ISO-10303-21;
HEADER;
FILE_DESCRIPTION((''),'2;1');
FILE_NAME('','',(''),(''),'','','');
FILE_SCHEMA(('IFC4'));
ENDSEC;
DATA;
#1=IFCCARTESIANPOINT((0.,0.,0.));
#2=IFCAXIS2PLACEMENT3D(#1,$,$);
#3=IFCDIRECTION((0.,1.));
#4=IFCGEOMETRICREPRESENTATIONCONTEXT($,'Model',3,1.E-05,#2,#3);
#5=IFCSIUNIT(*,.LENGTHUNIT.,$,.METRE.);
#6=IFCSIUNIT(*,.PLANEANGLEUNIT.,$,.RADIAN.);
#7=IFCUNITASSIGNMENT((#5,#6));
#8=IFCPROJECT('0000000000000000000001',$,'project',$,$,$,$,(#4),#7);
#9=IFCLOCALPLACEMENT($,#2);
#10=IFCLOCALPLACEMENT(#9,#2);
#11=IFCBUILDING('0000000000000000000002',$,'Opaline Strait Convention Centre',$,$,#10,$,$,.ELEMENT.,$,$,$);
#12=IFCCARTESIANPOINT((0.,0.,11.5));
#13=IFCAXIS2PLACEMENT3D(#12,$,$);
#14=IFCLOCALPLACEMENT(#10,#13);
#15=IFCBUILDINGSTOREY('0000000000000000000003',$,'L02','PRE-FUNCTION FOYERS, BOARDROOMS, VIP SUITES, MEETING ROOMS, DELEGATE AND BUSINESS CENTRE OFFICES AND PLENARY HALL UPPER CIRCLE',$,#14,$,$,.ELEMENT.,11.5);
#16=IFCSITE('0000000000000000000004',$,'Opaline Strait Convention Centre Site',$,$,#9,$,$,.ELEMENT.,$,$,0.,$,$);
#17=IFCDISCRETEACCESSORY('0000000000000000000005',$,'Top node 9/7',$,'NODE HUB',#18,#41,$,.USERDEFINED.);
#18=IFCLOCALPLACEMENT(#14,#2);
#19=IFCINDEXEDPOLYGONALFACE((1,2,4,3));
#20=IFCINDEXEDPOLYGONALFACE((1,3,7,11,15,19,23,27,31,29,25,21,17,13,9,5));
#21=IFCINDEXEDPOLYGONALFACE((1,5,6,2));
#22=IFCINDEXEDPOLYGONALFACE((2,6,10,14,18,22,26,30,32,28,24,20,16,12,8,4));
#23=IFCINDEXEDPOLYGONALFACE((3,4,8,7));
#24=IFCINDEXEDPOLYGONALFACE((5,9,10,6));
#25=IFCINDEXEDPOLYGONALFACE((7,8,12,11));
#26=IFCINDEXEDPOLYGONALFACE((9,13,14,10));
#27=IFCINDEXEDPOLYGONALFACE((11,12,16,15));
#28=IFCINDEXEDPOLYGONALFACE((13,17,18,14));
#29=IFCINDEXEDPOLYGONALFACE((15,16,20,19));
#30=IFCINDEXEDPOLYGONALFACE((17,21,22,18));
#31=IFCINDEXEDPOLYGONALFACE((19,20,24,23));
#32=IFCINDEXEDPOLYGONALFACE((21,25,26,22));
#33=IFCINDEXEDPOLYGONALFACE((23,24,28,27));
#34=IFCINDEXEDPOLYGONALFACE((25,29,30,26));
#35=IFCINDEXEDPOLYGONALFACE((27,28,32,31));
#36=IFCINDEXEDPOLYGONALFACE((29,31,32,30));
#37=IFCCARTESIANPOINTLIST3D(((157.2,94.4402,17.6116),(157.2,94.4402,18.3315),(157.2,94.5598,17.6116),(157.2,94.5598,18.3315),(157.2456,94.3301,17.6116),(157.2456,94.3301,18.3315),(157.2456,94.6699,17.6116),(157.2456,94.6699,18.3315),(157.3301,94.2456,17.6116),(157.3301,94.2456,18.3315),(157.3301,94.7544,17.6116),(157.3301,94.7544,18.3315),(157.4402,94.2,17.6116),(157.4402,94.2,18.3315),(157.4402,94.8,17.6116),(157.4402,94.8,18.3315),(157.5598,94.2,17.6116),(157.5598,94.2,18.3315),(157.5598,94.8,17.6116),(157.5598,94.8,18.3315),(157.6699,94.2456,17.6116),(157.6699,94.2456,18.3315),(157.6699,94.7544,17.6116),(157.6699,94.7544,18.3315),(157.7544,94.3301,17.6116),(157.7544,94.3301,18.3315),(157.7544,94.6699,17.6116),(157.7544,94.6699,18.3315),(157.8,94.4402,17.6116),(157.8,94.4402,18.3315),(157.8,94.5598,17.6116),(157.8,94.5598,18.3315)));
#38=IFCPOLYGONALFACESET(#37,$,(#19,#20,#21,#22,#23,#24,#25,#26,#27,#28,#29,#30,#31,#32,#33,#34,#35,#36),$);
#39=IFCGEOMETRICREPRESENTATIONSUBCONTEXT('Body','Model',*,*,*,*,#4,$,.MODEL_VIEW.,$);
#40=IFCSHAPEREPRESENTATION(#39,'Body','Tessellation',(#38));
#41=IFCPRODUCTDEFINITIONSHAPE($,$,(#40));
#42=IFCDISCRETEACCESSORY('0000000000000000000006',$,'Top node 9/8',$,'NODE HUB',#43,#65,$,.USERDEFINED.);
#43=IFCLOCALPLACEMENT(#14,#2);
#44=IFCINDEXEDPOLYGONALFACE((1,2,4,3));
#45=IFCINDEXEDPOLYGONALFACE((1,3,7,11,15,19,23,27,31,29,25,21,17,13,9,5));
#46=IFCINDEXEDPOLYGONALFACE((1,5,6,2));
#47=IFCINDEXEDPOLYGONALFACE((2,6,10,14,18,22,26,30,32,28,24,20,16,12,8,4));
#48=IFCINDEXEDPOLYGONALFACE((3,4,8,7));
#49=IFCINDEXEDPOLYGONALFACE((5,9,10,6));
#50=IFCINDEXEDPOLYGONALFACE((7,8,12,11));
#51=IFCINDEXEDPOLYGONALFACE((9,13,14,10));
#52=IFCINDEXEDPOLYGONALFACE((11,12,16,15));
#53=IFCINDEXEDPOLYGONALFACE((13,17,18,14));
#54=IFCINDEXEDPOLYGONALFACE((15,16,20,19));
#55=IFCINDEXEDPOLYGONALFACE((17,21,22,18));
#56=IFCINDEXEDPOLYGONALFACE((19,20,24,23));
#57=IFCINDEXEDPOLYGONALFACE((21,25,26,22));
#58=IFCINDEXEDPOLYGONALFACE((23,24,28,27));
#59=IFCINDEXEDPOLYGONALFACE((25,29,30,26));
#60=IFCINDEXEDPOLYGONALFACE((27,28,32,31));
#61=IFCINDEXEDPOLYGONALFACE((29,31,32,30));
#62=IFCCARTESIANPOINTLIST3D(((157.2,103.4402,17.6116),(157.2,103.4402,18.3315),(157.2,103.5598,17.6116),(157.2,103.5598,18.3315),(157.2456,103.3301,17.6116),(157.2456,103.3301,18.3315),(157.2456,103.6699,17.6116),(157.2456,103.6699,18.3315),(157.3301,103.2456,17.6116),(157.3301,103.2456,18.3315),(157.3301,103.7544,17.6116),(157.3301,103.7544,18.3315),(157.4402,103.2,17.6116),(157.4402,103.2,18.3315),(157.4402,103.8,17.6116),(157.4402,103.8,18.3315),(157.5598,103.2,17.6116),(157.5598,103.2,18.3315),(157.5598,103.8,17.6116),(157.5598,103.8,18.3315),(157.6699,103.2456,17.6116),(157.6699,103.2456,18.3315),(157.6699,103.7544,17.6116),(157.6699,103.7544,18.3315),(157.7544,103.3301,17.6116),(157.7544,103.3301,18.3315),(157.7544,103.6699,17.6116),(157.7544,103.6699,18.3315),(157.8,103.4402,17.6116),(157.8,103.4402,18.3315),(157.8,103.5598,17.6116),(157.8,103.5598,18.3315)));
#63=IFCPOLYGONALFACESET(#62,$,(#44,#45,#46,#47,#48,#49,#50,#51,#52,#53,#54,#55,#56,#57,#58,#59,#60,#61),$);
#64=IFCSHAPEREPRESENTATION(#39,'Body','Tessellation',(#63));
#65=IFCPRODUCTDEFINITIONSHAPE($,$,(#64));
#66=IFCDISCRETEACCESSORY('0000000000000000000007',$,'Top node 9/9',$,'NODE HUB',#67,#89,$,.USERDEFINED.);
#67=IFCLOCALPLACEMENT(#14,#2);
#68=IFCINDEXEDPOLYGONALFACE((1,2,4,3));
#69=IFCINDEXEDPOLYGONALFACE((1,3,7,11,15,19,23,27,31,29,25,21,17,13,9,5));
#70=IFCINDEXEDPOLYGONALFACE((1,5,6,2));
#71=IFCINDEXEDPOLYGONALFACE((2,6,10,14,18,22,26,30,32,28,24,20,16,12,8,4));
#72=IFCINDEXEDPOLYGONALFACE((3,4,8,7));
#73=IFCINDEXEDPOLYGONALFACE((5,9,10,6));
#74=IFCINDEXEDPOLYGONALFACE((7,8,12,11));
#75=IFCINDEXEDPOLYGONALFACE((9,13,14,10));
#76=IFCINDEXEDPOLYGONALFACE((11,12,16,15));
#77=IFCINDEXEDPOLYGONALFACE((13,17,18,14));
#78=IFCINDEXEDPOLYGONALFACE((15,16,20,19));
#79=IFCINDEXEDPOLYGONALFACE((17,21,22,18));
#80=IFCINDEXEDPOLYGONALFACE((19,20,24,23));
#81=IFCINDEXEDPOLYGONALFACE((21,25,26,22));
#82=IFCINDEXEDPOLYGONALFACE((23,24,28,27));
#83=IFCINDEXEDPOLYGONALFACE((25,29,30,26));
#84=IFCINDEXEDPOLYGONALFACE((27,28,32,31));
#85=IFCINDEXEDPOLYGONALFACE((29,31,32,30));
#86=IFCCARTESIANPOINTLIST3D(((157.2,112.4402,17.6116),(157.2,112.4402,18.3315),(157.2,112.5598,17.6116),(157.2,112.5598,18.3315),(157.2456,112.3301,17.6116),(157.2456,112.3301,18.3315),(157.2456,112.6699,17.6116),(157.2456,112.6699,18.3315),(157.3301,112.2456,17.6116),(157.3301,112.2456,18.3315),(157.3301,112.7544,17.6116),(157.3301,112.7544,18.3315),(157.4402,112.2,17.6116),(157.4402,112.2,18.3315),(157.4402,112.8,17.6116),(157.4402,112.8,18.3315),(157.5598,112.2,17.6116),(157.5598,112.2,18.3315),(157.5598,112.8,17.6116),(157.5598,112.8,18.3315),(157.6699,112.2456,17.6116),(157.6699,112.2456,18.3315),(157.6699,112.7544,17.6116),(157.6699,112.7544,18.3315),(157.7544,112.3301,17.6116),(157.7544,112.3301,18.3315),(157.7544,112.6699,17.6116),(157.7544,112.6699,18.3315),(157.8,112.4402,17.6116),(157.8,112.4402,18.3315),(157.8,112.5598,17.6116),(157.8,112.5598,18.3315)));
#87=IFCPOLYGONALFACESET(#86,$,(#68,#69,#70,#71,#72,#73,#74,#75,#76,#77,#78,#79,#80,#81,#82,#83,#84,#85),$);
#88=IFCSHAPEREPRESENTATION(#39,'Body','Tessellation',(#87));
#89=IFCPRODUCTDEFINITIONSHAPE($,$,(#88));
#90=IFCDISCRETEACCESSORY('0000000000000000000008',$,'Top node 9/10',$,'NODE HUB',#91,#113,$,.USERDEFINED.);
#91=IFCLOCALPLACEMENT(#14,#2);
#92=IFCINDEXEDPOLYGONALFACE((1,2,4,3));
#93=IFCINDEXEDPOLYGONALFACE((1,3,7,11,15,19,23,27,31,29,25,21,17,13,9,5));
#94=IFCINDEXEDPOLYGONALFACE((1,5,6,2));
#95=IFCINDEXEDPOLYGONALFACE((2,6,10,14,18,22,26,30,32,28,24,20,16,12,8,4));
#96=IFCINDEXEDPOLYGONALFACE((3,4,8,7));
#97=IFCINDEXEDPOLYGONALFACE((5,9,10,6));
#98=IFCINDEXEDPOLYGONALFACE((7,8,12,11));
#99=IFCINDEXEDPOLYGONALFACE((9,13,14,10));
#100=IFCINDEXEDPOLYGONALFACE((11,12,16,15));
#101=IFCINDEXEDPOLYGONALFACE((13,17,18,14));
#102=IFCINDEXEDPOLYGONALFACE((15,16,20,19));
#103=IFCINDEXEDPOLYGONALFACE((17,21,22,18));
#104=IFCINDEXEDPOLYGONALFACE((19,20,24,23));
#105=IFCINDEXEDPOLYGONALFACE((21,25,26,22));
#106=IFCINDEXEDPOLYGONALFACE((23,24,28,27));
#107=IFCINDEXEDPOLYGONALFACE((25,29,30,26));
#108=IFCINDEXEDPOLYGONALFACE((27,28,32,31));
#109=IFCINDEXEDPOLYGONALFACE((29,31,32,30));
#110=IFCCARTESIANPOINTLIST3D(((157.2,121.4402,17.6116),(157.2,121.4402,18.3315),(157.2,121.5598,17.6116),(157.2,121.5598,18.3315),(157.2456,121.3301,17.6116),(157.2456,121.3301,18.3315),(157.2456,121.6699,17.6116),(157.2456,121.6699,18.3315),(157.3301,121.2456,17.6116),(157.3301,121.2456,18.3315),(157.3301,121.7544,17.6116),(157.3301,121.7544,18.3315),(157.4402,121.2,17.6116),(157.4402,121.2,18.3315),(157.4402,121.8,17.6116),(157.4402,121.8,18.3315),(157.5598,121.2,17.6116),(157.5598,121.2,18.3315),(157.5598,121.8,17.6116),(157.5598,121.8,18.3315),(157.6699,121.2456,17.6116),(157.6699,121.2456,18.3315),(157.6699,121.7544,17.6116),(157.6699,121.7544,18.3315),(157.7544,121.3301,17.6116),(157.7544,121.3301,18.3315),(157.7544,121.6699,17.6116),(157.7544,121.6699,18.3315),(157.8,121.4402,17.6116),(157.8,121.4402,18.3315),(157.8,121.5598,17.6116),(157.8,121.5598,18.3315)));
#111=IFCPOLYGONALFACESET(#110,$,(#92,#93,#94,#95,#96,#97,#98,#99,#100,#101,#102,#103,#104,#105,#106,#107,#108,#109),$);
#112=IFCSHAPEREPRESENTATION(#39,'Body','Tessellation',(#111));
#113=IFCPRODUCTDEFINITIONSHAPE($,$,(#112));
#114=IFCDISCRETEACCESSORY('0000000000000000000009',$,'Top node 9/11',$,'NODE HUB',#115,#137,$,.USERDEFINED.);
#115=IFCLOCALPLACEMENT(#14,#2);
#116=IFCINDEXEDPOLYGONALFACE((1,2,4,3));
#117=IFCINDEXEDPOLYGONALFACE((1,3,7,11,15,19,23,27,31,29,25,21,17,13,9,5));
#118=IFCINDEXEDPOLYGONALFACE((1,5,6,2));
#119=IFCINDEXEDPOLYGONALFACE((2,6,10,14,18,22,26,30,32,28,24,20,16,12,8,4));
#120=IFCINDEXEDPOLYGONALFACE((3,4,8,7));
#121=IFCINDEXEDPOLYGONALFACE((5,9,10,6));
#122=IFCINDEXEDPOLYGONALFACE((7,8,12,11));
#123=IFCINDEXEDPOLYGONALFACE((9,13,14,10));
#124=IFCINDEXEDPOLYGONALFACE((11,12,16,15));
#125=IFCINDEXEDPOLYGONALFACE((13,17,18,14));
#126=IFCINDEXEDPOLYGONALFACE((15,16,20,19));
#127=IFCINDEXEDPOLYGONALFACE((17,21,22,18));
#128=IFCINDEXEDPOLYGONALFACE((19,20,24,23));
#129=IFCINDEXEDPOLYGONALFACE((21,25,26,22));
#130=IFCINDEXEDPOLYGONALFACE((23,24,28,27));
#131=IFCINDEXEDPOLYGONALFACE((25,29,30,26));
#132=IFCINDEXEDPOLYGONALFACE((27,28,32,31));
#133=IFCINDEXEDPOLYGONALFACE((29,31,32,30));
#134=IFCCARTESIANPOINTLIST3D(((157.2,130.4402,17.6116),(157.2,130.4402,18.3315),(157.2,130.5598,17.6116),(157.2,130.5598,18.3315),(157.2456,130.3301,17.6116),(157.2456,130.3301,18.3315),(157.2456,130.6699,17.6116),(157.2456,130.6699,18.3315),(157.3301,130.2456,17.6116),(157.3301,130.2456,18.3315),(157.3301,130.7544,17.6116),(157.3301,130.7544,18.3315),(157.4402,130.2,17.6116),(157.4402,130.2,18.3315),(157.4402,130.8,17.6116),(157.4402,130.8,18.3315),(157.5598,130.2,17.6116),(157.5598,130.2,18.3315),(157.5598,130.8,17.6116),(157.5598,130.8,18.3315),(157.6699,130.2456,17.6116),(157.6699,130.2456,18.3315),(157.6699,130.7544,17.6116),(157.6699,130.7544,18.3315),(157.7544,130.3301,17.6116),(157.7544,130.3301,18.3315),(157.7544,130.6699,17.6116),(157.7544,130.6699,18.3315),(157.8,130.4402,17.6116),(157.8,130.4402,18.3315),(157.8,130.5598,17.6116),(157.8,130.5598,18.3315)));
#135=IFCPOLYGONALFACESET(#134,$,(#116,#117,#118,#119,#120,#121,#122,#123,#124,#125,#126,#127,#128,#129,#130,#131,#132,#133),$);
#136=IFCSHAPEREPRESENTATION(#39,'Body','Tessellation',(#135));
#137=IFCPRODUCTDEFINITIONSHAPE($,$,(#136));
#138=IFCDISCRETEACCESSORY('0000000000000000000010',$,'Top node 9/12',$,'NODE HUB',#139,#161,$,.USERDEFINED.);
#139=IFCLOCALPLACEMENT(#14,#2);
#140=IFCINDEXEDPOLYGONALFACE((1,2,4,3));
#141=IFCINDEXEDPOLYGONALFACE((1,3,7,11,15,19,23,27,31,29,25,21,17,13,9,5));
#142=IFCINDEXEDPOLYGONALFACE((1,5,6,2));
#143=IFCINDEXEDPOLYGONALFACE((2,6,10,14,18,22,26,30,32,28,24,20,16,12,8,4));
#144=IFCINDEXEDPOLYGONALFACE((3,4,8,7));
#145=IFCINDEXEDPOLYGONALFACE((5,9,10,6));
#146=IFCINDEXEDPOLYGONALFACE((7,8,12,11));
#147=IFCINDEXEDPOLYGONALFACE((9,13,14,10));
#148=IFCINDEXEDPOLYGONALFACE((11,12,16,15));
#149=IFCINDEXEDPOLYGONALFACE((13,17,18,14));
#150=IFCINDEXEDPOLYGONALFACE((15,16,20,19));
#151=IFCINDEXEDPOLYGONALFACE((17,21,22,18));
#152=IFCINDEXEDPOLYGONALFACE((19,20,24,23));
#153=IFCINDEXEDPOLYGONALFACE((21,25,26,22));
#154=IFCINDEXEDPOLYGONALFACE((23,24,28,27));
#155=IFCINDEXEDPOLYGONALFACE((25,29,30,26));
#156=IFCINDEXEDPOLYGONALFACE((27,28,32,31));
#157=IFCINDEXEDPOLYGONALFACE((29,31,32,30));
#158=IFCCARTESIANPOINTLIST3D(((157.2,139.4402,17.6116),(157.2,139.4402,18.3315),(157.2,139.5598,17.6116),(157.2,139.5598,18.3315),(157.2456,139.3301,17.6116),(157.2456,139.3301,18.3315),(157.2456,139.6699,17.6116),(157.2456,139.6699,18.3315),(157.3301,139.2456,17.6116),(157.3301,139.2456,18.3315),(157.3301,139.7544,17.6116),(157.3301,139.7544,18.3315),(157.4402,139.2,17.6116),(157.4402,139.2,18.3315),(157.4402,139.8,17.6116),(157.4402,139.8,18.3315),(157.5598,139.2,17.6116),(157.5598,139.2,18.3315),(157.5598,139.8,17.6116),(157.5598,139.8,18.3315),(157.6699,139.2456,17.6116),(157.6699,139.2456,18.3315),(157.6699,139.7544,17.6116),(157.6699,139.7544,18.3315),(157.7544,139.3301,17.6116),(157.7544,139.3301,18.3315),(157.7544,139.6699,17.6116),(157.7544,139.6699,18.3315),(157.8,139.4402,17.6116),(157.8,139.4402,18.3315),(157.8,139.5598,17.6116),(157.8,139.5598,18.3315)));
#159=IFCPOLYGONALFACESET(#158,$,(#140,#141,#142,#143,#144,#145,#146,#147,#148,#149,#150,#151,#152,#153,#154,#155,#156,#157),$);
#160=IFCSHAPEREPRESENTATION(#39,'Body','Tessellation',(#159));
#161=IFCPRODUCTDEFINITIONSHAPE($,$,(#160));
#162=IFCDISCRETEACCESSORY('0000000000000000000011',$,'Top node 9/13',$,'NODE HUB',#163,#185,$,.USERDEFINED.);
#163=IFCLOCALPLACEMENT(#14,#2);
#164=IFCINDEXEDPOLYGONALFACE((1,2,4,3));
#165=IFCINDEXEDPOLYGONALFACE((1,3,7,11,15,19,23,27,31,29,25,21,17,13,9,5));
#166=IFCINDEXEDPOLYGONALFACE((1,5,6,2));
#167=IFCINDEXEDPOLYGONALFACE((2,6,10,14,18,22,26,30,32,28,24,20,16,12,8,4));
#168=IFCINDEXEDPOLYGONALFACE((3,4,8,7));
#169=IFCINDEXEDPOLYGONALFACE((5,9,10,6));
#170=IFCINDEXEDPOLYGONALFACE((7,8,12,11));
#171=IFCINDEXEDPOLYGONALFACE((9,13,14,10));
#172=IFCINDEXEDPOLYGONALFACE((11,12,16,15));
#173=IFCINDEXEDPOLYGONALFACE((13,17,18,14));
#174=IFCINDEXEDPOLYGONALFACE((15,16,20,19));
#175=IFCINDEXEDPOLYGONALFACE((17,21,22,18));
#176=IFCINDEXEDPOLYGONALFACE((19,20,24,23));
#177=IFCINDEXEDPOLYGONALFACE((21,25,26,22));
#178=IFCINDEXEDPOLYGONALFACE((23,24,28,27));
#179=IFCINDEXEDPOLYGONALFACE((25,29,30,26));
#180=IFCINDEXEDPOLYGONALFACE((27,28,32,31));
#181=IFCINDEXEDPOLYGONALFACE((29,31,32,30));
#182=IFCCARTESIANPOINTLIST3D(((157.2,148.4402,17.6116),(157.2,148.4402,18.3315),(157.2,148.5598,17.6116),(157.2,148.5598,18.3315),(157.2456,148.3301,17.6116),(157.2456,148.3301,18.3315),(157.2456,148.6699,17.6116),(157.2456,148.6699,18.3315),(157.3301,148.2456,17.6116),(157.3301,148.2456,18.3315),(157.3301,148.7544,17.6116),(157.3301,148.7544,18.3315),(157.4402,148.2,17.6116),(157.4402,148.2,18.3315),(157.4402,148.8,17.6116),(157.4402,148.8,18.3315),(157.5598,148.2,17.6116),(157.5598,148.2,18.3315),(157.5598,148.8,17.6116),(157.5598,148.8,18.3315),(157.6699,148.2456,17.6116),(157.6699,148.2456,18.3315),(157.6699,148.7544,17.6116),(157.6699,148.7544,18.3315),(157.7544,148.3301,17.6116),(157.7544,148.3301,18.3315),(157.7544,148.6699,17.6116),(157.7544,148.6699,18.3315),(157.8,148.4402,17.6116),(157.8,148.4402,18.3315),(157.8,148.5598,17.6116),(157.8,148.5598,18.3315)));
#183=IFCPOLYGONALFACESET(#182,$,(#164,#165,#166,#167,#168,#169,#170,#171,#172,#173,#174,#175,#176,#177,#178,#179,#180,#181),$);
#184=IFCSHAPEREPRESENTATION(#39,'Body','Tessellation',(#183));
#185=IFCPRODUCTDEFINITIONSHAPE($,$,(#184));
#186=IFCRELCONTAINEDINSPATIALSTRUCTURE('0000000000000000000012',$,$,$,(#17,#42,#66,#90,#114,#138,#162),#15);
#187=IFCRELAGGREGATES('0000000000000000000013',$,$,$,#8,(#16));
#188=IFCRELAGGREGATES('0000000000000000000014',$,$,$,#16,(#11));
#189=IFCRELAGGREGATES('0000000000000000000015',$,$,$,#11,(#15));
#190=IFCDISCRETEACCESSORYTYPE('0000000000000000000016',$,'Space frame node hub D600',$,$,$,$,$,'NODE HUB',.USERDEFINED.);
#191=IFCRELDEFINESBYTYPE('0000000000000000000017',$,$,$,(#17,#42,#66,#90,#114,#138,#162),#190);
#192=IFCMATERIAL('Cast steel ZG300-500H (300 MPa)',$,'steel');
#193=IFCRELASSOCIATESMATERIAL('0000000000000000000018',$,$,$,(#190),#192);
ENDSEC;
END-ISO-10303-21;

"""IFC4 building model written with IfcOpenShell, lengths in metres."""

from ifc_helpers import new_model, si_unit, direction, frame, origin, place, context, subcontext, project, spatial, polyline, outline, extrude, material, type_object, element, save


model = new_model("IFC4")

# Units and contexts
model_context = context("Model", 3, precision=1e-05, world=origin(), true_north=direction((0.0, 1.0)))
body_context = subcontext(model_context, "Body", "Model", "MODEL_VIEW")
ifc_project = project(units=[si_unit("LENGTHUNIT", "METRE"), si_unit("PLANEANGLEUNIT", "RADIAN")], contexts=[model_context])

# Site, building, storey
site_placement = place(None, origin())
site = spatial("IfcSite", under=ifc_project, at=site_placement, Name="Opaline Strait Convention Centre Site", CompositionType="ELEMENT", RefElevation=0.0)
building_placement = place(site_placement, origin())
building = spatial("IfcBuilding", under=site, at=building_placement, Name="Opaline Strait Convention Centre", CompositionType="ELEMENT")
storey_placement = place(building_placement, frame((0.0, 0.0, 11.5)))
storey = spatial("IfcBuildingStorey", under=building, at=storey_placement, Name="L02", Description="PRE-FUNCTION FOYERS, BOARDROOMS, VIP SUITES, MEETING ROOMS, DELEGATE AND BUSINESS CENTRE OFFICES AND PLENARY HALL UPPER CIRCLE", CompositionType="ELEMENT", Elevation=11.5)

# Discrete accessories
ifc_material = material(Name="Cast steel ZG300-500H (300 MPa)", Category="steel")
discrete_accessory_type = type_object("IfcDiscreteAccessoryType", Name="Space frame node hub D600", ElementType="NODE HUB", PredefinedType="USERDEFINED", material=ifc_material)
discrete_accessory_1_placement = place(storey_placement, frame((0.0, 0.0, 17.6116)))
element("IfcDiscreteAccessory", 1, at=discrete_accessory_1_placement, inside=storey, type_object=discrete_accessory_type, Name="Top node 9/7", ObjectType="NODE HUB", PredefinedType="USERDEFINED", context=body_context, shape_type="SweptSolid", body=[
    extrude(outline(polyline([(157.8, 94.5598), (157.7544, 94.6699), (157.6699, 94.7544), (157.5598, 94.8), (157.4402, 94.8), (157.3301, 94.7544), (157.2456, 94.6699), (157.2, 94.5598), (157.2, 94.4402), (157.2456, 94.3301), (157.3301, 94.2456), (157.4402, 94.2), (157.5598, 94.2), (157.6699, 94.2456), (157.7544, 94.3301), (157.8, 94.4402), (157.8, 94.5598)])), origin(), (0.0, 0.0, 1.0), 0.72),
])
discrete_accessory_2_placement = place(storey_placement, frame((0.0, 0.0, 17.6116)))
element("IfcDiscreteAccessory", 2, at=discrete_accessory_2_placement, inside=storey, type_object=discrete_accessory_type, Name="Top node 9/8", ObjectType="NODE HUB", PredefinedType="USERDEFINED", context=body_context, shape_type="SweptSolid", body=[
    extrude(outline(polyline([(157.8, 103.5598), (157.7544, 103.6699), (157.6699, 103.7544), (157.5598, 103.8), (157.4402, 103.8), (157.3301, 103.7544), (157.2456, 103.6699), (157.2, 103.5598), (157.2, 103.4402), (157.2456, 103.3301), (157.3301, 103.2456), (157.4402, 103.2), (157.5598, 103.2), (157.6699, 103.2456), (157.7544, 103.3301), (157.8, 103.4402), (157.8, 103.5598)])), origin(), (0.0, 0.0, 1.0), 0.72),
])
discrete_accessory_3_placement = place(storey_placement, frame((0.0, 0.0, 17.6116)))
element("IfcDiscreteAccessory", 3, at=discrete_accessory_3_placement, inside=storey, type_object=discrete_accessory_type, Name="Top node 9/9", ObjectType="NODE HUB", PredefinedType="USERDEFINED", context=body_context, shape_type="SweptSolid", body=[
    extrude(outline(polyline([(157.8, 112.5598), (157.7544, 112.6699), (157.6699, 112.7544), (157.5598, 112.8), (157.4402, 112.8), (157.3301, 112.7544), (157.2456, 112.6699), (157.2, 112.5598), (157.2, 112.4402), (157.2456, 112.3301), (157.3301, 112.2456), (157.4402, 112.2), (157.5598, 112.2), (157.6699, 112.2456), (157.7544, 112.3301), (157.8, 112.4402), (157.8, 112.5598)])), origin(), (0.0, 0.0, 1.0), 0.72),
])
discrete_accessory_4_placement = place(storey_placement, frame((0.0, 0.0, 17.6116)))
element("IfcDiscreteAccessory", 4, at=discrete_accessory_4_placement, inside=storey, type_object=discrete_accessory_type, Name="Top node 9/10", ObjectType="NODE HUB", PredefinedType="USERDEFINED", context=body_context, shape_type="SweptSolid", body=[
    extrude(outline(polyline([(157.8, 121.5598), (157.7544, 121.6699), (157.6699, 121.7544), (157.5598, 121.8), (157.4402, 121.8), (157.3301, 121.7544), (157.2456, 121.6699), (157.2, 121.5598), (157.2, 121.4402), (157.2456, 121.3301), (157.3301, 121.2456), (157.4402, 121.2), (157.5598, 121.2), (157.6699, 121.2456), (157.7544, 121.3301), (157.8, 121.4402), (157.8, 121.5598)])), origin(), (0.0, 0.0, 1.0), 0.72),
])
discrete_accessory_5_placement = place(storey_placement, frame((0.0, 0.0, 17.6116)))
element("IfcDiscreteAccessory", 5, at=discrete_accessory_5_placement, inside=storey, type_object=discrete_accessory_type, Name="Top node 9/11", ObjectType="NODE HUB", PredefinedType="USERDEFINED", context=body_context, shape_type="SweptSolid", body=[
    extrude(outline(polyline([(157.8, 130.5598), (157.7544, 130.6699), (157.6699, 130.7544), (157.5598, 130.8), (157.4402, 130.8), (157.3301, 130.7544), (157.2456, 130.6699), (157.2, 130.5598), (157.2, 130.4402), (157.2456, 130.3301), (157.3301, 130.2456), (157.4402, 130.2), (157.5598, 130.2), (157.6699, 130.2456), (157.7544, 130.3301), (157.8, 130.4402), (157.8, 130.5598)])), origin(), (0.0, 0.0, 1.0), 0.72),
])
discrete_accessory_6_placement = place(storey_placement, frame((0.0, 0.0, 17.6116)))
element("IfcDiscreteAccessory", 6, at=discrete_accessory_6_placement, inside=storey, type_object=discrete_accessory_type, Name="Top node 9/12", ObjectType="NODE HUB", PredefinedType="USERDEFINED", context=body_context, shape_type="SweptSolid", body=[
    extrude(outline(polyline([(157.8, 139.5598), (157.7544, 139.6699), (157.6699, 139.7544), (157.5598, 139.8), (157.4402, 139.8), (157.3301, 139.7544), (157.2456, 139.6699), (157.2, 139.5598), (157.2, 139.4402), (157.2456, 139.3301), (157.3301, 139.2456), (157.4402, 139.2), (157.5598, 139.2), (157.6699, 139.2456), (157.7544, 139.3301), (157.8, 139.4402), (157.8, 139.5598)])), origin(), (0.0, 0.0, 1.0), 0.72),
])
discrete_accessory_7_placement = place(storey_placement, frame((0.0, 0.0, 17.6116)))
element("IfcDiscreteAccessory", 7, at=discrete_accessory_7_placement, inside=storey, type_object=discrete_accessory_type, Name="Top node 9/13", ObjectType="NODE HUB", PredefinedType="USERDEFINED", context=body_context, shape_type="SweptSolid", body=[
    extrude(outline(polyline([(157.8, 148.5598), (157.7544, 148.6699), (157.6699, 148.7544), (157.5598, 148.8), (157.4402, 148.8), (157.3301, 148.7544), (157.2456, 148.6699), (157.2, 148.5598), (157.2, 148.4402), (157.2456, 148.3301), (157.3301, 148.2456), (157.4402, 148.2), (157.5598, 148.2), (157.6699, 148.2456), (157.7544, 148.3301), (157.8, 148.4402), (157.8, 148.5598)])), origin(), (0.0, 0.0, 1.0), 0.72),
])

save(model, "model.ifc")
